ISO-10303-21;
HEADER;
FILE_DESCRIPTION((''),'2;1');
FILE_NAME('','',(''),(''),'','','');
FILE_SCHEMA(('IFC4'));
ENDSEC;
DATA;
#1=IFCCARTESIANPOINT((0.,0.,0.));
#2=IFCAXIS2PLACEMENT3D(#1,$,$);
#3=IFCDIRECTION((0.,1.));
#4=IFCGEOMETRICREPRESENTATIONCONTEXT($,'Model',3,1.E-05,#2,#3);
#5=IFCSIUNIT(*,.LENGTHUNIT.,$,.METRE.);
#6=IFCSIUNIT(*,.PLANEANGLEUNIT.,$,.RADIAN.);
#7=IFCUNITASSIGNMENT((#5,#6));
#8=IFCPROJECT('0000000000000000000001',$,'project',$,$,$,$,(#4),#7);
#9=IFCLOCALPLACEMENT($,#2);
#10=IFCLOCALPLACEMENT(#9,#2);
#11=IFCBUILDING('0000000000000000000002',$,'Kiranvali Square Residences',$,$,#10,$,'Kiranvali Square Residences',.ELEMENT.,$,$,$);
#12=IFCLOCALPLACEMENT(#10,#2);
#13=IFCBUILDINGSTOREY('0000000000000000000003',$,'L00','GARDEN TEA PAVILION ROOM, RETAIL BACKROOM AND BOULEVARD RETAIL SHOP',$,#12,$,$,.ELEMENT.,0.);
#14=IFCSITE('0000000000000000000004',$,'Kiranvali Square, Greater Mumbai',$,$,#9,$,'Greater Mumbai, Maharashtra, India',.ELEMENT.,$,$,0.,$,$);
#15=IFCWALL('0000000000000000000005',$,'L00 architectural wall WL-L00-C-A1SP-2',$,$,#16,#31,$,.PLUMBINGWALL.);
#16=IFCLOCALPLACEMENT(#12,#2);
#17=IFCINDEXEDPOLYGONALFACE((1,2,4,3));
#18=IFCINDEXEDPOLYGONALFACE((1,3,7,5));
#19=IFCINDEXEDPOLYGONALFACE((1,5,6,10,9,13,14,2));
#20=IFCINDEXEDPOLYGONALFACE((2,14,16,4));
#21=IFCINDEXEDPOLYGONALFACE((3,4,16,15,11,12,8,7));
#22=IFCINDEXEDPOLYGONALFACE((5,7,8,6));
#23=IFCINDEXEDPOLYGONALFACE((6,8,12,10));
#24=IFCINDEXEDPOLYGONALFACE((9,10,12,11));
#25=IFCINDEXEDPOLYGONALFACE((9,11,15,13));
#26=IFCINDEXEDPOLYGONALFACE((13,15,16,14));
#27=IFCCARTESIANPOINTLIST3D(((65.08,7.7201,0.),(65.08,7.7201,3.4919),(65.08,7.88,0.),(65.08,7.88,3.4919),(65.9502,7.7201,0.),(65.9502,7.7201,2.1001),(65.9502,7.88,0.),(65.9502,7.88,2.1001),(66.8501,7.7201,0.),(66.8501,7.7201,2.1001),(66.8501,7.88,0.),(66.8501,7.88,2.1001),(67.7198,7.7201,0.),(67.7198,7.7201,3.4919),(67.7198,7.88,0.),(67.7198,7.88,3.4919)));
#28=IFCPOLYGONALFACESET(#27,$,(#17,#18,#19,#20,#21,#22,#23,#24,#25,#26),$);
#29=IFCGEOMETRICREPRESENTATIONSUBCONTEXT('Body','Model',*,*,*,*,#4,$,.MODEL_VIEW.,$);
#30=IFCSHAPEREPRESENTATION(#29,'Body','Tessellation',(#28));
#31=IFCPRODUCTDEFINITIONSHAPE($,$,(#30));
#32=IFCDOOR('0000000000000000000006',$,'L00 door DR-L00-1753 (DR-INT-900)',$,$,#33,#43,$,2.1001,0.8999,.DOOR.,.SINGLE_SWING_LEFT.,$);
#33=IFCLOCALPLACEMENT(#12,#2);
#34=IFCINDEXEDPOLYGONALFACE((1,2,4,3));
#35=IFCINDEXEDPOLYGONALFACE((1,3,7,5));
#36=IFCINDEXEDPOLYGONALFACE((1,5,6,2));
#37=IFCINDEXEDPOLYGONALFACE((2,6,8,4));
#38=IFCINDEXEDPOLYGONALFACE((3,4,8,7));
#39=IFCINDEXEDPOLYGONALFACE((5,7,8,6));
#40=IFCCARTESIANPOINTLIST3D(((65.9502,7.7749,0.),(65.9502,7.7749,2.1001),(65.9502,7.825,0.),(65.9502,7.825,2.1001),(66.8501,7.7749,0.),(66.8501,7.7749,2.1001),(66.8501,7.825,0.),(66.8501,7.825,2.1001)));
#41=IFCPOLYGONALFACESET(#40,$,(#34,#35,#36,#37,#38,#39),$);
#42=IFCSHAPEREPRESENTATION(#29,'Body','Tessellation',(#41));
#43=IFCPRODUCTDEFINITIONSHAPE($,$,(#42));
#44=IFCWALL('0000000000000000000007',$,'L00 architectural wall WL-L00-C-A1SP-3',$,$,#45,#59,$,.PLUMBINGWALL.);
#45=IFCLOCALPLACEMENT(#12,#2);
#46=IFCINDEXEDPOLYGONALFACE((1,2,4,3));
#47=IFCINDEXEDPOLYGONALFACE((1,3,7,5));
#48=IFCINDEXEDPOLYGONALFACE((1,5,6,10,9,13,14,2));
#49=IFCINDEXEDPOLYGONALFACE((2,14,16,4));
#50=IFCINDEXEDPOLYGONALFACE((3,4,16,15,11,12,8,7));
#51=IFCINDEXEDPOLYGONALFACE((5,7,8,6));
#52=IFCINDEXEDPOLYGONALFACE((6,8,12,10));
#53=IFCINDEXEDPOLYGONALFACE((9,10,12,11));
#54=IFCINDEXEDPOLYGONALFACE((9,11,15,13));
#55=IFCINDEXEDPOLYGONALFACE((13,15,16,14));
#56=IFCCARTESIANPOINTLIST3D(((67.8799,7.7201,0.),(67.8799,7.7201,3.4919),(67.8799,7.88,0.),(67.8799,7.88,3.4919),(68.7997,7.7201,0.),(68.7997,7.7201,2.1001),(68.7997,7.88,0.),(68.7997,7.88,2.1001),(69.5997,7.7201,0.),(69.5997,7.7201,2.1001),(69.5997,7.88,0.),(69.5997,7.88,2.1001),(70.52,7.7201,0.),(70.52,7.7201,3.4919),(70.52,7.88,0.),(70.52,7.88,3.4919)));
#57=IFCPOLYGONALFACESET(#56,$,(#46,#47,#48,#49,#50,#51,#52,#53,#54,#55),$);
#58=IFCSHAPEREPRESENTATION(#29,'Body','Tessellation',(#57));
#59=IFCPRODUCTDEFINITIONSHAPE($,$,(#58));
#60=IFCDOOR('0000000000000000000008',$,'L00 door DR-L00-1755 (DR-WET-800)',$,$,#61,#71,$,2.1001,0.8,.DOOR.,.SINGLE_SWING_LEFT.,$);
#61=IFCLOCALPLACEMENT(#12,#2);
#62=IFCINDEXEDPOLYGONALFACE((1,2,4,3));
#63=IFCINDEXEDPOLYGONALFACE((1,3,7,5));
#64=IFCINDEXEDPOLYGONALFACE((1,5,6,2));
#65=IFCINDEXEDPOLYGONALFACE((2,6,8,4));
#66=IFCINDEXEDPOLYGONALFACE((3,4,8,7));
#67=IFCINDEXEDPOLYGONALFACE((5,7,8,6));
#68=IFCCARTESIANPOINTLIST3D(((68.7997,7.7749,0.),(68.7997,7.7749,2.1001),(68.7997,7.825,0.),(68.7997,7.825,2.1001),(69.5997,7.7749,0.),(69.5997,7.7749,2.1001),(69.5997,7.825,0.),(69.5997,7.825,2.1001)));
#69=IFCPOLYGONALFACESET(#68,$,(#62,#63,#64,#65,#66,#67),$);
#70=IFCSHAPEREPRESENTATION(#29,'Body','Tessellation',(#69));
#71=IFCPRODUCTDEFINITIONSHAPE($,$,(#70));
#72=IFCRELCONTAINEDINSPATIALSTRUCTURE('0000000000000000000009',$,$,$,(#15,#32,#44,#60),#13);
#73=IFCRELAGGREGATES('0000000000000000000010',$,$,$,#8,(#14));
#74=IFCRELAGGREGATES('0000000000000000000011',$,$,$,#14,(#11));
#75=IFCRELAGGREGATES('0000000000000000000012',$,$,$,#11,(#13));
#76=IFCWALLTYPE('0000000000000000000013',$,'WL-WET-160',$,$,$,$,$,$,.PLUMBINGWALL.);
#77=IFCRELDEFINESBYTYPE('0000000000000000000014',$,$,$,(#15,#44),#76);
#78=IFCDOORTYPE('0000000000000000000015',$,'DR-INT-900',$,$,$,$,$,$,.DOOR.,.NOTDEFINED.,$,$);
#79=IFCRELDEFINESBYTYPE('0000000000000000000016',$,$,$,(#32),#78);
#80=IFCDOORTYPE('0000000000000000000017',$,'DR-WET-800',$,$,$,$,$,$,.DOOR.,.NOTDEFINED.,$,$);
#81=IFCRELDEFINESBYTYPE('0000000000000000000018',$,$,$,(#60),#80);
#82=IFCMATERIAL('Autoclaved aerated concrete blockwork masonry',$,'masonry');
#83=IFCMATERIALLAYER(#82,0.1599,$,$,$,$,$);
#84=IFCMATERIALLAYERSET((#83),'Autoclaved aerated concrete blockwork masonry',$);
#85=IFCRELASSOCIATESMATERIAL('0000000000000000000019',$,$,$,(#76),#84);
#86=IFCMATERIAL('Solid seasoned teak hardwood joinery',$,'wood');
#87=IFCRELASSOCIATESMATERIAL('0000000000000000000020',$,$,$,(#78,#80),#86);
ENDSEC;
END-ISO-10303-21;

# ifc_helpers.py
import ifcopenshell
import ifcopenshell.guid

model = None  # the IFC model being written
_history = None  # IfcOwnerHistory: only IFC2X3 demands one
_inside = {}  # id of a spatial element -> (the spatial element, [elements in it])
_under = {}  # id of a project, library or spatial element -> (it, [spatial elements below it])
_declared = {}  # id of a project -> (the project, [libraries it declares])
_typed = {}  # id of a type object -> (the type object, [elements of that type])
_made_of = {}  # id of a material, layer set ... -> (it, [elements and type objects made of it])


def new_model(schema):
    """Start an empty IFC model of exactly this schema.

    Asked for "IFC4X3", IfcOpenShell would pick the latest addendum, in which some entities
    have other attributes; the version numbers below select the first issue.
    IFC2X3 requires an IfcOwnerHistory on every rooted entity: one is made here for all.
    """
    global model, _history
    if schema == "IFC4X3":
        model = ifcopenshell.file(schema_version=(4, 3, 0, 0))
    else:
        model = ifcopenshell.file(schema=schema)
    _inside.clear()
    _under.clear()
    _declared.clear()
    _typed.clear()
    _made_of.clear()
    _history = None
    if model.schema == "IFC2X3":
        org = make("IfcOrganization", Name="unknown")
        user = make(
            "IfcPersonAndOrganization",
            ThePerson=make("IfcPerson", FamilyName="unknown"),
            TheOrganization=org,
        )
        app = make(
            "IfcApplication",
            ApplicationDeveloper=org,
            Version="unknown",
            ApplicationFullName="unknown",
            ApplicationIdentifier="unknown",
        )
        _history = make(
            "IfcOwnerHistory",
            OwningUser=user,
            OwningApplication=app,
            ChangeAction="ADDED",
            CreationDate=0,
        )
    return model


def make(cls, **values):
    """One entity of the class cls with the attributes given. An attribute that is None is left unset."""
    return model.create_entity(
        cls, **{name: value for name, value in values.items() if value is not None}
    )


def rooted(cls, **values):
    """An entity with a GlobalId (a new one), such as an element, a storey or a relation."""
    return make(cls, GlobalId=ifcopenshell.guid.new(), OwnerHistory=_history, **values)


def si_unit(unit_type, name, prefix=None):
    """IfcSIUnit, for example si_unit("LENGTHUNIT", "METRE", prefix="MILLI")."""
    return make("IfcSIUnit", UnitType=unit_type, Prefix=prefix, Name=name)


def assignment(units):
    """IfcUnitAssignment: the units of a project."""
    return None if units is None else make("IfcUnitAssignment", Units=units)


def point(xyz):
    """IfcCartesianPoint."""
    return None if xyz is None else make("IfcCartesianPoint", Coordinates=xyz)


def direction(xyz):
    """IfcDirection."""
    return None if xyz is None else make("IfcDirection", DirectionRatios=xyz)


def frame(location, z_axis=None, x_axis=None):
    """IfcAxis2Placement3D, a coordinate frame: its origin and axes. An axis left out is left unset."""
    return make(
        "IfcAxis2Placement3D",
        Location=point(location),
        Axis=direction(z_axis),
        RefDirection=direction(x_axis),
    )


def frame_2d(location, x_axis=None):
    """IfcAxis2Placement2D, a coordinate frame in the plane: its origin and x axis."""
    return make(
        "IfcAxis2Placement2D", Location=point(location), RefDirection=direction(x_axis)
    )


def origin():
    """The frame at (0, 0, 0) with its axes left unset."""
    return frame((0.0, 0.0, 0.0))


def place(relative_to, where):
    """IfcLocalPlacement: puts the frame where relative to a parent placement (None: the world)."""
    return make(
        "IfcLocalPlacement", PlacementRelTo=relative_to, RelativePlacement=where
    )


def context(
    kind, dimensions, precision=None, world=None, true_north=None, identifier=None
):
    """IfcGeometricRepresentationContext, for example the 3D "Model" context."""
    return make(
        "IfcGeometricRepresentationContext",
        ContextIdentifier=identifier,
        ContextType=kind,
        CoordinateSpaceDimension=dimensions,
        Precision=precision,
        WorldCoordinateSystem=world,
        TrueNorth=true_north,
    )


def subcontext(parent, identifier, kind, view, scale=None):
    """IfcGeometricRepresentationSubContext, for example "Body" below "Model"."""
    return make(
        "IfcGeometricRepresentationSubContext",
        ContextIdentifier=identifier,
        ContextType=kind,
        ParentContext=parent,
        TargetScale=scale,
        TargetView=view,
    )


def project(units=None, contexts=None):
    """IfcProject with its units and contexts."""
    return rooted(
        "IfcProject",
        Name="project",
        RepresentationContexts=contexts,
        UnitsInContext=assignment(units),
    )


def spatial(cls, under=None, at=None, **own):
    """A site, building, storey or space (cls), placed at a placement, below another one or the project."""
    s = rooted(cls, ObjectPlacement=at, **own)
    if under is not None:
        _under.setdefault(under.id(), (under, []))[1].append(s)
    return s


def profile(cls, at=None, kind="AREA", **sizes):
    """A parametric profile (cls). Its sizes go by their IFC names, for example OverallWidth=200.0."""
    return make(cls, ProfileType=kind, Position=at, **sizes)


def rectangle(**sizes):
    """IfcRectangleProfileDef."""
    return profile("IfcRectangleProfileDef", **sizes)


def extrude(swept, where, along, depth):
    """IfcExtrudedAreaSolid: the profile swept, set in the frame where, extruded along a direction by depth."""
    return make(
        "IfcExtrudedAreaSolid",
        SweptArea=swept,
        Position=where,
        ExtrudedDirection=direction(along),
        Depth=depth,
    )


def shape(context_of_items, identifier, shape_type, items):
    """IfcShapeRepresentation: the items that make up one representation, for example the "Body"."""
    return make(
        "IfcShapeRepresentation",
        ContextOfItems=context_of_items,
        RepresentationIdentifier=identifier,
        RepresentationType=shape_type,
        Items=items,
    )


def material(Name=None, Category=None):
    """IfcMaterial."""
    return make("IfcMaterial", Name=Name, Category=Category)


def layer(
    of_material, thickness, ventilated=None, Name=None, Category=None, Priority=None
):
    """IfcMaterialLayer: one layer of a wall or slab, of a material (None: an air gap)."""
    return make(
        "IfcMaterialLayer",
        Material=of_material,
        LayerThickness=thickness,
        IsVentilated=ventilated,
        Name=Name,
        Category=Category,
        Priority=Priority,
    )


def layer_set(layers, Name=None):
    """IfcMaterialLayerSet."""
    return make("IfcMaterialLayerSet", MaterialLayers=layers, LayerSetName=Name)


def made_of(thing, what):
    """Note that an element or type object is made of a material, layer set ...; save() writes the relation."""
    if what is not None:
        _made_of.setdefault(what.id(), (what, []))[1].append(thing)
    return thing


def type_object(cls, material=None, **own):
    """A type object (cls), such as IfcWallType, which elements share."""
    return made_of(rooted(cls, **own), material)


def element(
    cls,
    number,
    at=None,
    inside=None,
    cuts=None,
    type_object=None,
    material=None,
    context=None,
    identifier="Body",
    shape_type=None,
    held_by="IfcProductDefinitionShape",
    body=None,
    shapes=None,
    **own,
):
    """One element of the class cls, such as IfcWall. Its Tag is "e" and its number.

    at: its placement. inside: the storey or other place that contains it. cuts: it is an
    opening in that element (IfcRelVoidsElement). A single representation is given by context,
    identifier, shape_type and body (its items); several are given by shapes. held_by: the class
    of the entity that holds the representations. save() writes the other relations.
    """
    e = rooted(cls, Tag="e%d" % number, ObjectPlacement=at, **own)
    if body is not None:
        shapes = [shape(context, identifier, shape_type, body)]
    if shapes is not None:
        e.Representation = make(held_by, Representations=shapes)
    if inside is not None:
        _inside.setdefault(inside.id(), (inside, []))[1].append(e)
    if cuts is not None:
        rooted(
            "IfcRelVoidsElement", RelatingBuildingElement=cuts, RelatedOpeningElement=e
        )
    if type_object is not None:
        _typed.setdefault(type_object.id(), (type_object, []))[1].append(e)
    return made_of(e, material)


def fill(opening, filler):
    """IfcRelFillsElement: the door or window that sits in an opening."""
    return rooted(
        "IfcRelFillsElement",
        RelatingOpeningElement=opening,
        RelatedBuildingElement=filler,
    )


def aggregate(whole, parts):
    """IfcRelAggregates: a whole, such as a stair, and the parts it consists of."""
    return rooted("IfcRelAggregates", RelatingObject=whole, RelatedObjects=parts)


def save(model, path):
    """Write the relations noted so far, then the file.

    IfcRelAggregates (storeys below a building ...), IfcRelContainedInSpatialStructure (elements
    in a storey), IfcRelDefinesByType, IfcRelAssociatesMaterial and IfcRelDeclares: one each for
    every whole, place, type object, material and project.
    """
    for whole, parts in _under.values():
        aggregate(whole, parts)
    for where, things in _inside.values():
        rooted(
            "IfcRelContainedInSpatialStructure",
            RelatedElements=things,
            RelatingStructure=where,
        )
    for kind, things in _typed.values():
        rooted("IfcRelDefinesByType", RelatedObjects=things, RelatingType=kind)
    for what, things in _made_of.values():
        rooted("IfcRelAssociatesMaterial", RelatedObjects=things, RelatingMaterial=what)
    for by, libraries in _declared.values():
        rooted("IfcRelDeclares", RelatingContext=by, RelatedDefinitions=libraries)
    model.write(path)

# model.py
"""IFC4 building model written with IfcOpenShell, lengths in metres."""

from ifc_helpers import new_model, si_unit, direction, frame, frame_2d, origin, place, context, subcontext, project, spatial, rectangle, extrude, material, layer, layer_set, type_object, element, fill, save


model = new_model("IFC4")

# Units and contexts
model_context = context("Model", 3, precision=1e-05, world=origin(), true_north=direction((0.0, 1.0)))
body_context = subcontext(model_context, "Body", "Model", "MODEL_VIEW")
ifc_project = project(units=[si_unit("LENGTHUNIT", "METRE"), si_unit("PLANEANGLEUNIT", "RADIAN")], contexts=[model_context])

# Site, building, storey
site_placement = place(None, origin())
site = spatial("IfcSite", under=ifc_project, at=site_placement, Name="Kiranvali Square, Greater Mumbai", LongName="Greater Mumbai, Maharashtra, India", CompositionType="ELEMENT", RefElevation=0.0)
building_placement = place(site_placement, origin())
building = spatial("IfcBuilding", under=site, at=building_placement, Name="Kiranvali Square Residences", LongName="Kiranvali Square Residences", CompositionType="ELEMENT")
storey_placement = place(building_placement, origin())
storey = spatial("IfcBuildingStorey", under=building, at=storey_placement, Name="L00", Description="GARDEN TEA PAVILION ROOM, RETAIL BACKROOM AND BOULEVARD RETAIL SHOP", CompositionType="ELEMENT", Elevation=0.0)

# Walls, openings, doors
ifc_material_1 = material(Name="Autoclaved aerated concrete blockwork masonry", Category="masonry")
ifc_layer_1 = layer(ifc_material_1, 0.1599)
ifc_layer_set_1 = layer_set([ifc_layer_1], Name="Autoclaved aerated concrete blockwork masonry")
wall_type_1 = type_object("IfcWallType", Name="WL-WET-160", PredefinedType="PLUMBINGWALL", material=ifc_layer_set_1)
wall_1_placement = place(storey_placement, frame((65.0801, 7.8, 0.0), z_axis=(0.0, 0.0, 1.0), x_axis=(1.0, 0.0, 0.0)))
wall_1 = element("IfcWall", 1, at=wall_1_placement, inside=storey, type_object=wall_type_1, Name="L00 architectural wall WL-L00-C-A1SP-2", PredefinedType="PLUMBINGWALL", context=body_context, shape_type="SweptSolid", body=[
    extrude(rectangle(XDim=2.6399, YDim=0.1599, at=frame_2d((1.3198, 0.0))), origin(), (0.0, 0.0, 1.0), 3.4919),
])
opening_1_placement = place(wall_1_placement, frame((0.8701, 0.0, 0.0)))
opening_1 = element("IfcOpeningElement", 2, at=opening_1_placement, cuts=wall_1, PredefinedType="OPENING", context=body_context, shape_type="SweptSolid", body=[
    extrude(rectangle(XDim=0.8999, YDim=2.1001, at=frame_2d((0.45, 1.05))), frame((0.0, 0.0898, 0.0), z_axis=(0.0, -1.0, 0.0), x_axis=(1.0, 0.0, 0.0)), (0.0, 0.0, 1.0), 0.1799),
])
ifc_material_2 = material(Name="Solid seasoned teak hardwood joinery", Category="wood")
door_type_1 = type_object("IfcDoorType", Name="DR-INT-900", OperationType="NOTDEFINED", PredefinedType="DOOR", material=ifc_material_2)
door_1_placement = place(opening_1_placement, origin())
door_1 = element("IfcDoor", 3, at=door_1_placement, inside=storey, type_object=door_type_1, Name="L00 door DR-L00-1753 (DR-INT-900)", OperationType="SINGLE_SWING_LEFT", OverallHeight=2.1001, OverallWidth=0.8999, PredefinedType="DOOR", context=body_context, shape_type="SweptSolid", body=[
    extrude(rectangle(XDim=0.8999, YDim=2.1001, at=frame_2d((0.45, 1.05))), frame((0.0, 0.0249, 0.0), z_axis=(0.0, -1.0, 0.0), x_axis=(1.0, 0.0, 0.0)), (0.0, 0.0, 1.0), 0.05),
])
fill(opening_1, door_1)
wall_2_placement = place(storey_placement, frame((67.8799, 7.8, 0.0), z_axis=(0.0, 0.0, 1.0), x_axis=(1.0, 0.0, 0.0)))
wall_2 = element("IfcWall", 4, at=wall_2_placement, inside=storey, type_object=wall_type_1, Name="L00 architectural wall WL-L00-C-A1SP-3", PredefinedType="PLUMBINGWALL", context=body_context, shape_type="SweptSolid", body=[
    extrude(rectangle(XDim=2.6401, YDim=0.1599, at=frame_2d((1.3201, 0.0))), origin(), (0.0, 0.0, 1.0), 3.4919),
])
opening_2_placement = place(wall_2_placement, frame((0.9199, 0.0, 0.0)))
opening_2 = element("IfcOpeningElement", 5, at=opening_2_placement, cuts=wall_2, PredefinedType="OPENING", context=body_context, shape_type="SweptSolid", body=[
    extrude(rectangle(XDim=0.8, YDim=2.1001, at=frame_2d((0.3999, 1.05))), frame((0.0, 0.0898, 0.0), z_axis=(0.0, -1.0, 0.0), x_axis=(1.0, 0.0, 0.0)), (0.0, 0.0, 1.0), 0.1799),
])
door_type_2 = type_object("IfcDoorType", Name="DR-WET-800", OperationType="NOTDEFINED", PredefinedType="DOOR", material=ifc_material_2)
door_2_placement = place(opening_2_placement, origin())
door_2 = element("IfcDoor", 6, at=door_2_placement, inside=storey, type_object=door_type_2, Name="L00 door DR-L00-1755 (DR-WET-800)", OperationType="SINGLE_SWING_LEFT", OverallHeight=2.1001, OverallWidth=0.8, PredefinedType="DOOR", context=body_context, shape_type="SweptSolid", body=[
    extrude(rectangle(XDim=0.8, YDim=2.1001, at=frame_2d((0.3999, 1.05))), frame((0.0, 0.0249, 0.0), z_axis=(0.0, -1.0, 0.0), x_axis=(1.0, 0.0, 0.0)), (0.0, 0.0, 1.0), 0.05),
])
fill(opening_2, door_2)

save(model, "model.ifc")
